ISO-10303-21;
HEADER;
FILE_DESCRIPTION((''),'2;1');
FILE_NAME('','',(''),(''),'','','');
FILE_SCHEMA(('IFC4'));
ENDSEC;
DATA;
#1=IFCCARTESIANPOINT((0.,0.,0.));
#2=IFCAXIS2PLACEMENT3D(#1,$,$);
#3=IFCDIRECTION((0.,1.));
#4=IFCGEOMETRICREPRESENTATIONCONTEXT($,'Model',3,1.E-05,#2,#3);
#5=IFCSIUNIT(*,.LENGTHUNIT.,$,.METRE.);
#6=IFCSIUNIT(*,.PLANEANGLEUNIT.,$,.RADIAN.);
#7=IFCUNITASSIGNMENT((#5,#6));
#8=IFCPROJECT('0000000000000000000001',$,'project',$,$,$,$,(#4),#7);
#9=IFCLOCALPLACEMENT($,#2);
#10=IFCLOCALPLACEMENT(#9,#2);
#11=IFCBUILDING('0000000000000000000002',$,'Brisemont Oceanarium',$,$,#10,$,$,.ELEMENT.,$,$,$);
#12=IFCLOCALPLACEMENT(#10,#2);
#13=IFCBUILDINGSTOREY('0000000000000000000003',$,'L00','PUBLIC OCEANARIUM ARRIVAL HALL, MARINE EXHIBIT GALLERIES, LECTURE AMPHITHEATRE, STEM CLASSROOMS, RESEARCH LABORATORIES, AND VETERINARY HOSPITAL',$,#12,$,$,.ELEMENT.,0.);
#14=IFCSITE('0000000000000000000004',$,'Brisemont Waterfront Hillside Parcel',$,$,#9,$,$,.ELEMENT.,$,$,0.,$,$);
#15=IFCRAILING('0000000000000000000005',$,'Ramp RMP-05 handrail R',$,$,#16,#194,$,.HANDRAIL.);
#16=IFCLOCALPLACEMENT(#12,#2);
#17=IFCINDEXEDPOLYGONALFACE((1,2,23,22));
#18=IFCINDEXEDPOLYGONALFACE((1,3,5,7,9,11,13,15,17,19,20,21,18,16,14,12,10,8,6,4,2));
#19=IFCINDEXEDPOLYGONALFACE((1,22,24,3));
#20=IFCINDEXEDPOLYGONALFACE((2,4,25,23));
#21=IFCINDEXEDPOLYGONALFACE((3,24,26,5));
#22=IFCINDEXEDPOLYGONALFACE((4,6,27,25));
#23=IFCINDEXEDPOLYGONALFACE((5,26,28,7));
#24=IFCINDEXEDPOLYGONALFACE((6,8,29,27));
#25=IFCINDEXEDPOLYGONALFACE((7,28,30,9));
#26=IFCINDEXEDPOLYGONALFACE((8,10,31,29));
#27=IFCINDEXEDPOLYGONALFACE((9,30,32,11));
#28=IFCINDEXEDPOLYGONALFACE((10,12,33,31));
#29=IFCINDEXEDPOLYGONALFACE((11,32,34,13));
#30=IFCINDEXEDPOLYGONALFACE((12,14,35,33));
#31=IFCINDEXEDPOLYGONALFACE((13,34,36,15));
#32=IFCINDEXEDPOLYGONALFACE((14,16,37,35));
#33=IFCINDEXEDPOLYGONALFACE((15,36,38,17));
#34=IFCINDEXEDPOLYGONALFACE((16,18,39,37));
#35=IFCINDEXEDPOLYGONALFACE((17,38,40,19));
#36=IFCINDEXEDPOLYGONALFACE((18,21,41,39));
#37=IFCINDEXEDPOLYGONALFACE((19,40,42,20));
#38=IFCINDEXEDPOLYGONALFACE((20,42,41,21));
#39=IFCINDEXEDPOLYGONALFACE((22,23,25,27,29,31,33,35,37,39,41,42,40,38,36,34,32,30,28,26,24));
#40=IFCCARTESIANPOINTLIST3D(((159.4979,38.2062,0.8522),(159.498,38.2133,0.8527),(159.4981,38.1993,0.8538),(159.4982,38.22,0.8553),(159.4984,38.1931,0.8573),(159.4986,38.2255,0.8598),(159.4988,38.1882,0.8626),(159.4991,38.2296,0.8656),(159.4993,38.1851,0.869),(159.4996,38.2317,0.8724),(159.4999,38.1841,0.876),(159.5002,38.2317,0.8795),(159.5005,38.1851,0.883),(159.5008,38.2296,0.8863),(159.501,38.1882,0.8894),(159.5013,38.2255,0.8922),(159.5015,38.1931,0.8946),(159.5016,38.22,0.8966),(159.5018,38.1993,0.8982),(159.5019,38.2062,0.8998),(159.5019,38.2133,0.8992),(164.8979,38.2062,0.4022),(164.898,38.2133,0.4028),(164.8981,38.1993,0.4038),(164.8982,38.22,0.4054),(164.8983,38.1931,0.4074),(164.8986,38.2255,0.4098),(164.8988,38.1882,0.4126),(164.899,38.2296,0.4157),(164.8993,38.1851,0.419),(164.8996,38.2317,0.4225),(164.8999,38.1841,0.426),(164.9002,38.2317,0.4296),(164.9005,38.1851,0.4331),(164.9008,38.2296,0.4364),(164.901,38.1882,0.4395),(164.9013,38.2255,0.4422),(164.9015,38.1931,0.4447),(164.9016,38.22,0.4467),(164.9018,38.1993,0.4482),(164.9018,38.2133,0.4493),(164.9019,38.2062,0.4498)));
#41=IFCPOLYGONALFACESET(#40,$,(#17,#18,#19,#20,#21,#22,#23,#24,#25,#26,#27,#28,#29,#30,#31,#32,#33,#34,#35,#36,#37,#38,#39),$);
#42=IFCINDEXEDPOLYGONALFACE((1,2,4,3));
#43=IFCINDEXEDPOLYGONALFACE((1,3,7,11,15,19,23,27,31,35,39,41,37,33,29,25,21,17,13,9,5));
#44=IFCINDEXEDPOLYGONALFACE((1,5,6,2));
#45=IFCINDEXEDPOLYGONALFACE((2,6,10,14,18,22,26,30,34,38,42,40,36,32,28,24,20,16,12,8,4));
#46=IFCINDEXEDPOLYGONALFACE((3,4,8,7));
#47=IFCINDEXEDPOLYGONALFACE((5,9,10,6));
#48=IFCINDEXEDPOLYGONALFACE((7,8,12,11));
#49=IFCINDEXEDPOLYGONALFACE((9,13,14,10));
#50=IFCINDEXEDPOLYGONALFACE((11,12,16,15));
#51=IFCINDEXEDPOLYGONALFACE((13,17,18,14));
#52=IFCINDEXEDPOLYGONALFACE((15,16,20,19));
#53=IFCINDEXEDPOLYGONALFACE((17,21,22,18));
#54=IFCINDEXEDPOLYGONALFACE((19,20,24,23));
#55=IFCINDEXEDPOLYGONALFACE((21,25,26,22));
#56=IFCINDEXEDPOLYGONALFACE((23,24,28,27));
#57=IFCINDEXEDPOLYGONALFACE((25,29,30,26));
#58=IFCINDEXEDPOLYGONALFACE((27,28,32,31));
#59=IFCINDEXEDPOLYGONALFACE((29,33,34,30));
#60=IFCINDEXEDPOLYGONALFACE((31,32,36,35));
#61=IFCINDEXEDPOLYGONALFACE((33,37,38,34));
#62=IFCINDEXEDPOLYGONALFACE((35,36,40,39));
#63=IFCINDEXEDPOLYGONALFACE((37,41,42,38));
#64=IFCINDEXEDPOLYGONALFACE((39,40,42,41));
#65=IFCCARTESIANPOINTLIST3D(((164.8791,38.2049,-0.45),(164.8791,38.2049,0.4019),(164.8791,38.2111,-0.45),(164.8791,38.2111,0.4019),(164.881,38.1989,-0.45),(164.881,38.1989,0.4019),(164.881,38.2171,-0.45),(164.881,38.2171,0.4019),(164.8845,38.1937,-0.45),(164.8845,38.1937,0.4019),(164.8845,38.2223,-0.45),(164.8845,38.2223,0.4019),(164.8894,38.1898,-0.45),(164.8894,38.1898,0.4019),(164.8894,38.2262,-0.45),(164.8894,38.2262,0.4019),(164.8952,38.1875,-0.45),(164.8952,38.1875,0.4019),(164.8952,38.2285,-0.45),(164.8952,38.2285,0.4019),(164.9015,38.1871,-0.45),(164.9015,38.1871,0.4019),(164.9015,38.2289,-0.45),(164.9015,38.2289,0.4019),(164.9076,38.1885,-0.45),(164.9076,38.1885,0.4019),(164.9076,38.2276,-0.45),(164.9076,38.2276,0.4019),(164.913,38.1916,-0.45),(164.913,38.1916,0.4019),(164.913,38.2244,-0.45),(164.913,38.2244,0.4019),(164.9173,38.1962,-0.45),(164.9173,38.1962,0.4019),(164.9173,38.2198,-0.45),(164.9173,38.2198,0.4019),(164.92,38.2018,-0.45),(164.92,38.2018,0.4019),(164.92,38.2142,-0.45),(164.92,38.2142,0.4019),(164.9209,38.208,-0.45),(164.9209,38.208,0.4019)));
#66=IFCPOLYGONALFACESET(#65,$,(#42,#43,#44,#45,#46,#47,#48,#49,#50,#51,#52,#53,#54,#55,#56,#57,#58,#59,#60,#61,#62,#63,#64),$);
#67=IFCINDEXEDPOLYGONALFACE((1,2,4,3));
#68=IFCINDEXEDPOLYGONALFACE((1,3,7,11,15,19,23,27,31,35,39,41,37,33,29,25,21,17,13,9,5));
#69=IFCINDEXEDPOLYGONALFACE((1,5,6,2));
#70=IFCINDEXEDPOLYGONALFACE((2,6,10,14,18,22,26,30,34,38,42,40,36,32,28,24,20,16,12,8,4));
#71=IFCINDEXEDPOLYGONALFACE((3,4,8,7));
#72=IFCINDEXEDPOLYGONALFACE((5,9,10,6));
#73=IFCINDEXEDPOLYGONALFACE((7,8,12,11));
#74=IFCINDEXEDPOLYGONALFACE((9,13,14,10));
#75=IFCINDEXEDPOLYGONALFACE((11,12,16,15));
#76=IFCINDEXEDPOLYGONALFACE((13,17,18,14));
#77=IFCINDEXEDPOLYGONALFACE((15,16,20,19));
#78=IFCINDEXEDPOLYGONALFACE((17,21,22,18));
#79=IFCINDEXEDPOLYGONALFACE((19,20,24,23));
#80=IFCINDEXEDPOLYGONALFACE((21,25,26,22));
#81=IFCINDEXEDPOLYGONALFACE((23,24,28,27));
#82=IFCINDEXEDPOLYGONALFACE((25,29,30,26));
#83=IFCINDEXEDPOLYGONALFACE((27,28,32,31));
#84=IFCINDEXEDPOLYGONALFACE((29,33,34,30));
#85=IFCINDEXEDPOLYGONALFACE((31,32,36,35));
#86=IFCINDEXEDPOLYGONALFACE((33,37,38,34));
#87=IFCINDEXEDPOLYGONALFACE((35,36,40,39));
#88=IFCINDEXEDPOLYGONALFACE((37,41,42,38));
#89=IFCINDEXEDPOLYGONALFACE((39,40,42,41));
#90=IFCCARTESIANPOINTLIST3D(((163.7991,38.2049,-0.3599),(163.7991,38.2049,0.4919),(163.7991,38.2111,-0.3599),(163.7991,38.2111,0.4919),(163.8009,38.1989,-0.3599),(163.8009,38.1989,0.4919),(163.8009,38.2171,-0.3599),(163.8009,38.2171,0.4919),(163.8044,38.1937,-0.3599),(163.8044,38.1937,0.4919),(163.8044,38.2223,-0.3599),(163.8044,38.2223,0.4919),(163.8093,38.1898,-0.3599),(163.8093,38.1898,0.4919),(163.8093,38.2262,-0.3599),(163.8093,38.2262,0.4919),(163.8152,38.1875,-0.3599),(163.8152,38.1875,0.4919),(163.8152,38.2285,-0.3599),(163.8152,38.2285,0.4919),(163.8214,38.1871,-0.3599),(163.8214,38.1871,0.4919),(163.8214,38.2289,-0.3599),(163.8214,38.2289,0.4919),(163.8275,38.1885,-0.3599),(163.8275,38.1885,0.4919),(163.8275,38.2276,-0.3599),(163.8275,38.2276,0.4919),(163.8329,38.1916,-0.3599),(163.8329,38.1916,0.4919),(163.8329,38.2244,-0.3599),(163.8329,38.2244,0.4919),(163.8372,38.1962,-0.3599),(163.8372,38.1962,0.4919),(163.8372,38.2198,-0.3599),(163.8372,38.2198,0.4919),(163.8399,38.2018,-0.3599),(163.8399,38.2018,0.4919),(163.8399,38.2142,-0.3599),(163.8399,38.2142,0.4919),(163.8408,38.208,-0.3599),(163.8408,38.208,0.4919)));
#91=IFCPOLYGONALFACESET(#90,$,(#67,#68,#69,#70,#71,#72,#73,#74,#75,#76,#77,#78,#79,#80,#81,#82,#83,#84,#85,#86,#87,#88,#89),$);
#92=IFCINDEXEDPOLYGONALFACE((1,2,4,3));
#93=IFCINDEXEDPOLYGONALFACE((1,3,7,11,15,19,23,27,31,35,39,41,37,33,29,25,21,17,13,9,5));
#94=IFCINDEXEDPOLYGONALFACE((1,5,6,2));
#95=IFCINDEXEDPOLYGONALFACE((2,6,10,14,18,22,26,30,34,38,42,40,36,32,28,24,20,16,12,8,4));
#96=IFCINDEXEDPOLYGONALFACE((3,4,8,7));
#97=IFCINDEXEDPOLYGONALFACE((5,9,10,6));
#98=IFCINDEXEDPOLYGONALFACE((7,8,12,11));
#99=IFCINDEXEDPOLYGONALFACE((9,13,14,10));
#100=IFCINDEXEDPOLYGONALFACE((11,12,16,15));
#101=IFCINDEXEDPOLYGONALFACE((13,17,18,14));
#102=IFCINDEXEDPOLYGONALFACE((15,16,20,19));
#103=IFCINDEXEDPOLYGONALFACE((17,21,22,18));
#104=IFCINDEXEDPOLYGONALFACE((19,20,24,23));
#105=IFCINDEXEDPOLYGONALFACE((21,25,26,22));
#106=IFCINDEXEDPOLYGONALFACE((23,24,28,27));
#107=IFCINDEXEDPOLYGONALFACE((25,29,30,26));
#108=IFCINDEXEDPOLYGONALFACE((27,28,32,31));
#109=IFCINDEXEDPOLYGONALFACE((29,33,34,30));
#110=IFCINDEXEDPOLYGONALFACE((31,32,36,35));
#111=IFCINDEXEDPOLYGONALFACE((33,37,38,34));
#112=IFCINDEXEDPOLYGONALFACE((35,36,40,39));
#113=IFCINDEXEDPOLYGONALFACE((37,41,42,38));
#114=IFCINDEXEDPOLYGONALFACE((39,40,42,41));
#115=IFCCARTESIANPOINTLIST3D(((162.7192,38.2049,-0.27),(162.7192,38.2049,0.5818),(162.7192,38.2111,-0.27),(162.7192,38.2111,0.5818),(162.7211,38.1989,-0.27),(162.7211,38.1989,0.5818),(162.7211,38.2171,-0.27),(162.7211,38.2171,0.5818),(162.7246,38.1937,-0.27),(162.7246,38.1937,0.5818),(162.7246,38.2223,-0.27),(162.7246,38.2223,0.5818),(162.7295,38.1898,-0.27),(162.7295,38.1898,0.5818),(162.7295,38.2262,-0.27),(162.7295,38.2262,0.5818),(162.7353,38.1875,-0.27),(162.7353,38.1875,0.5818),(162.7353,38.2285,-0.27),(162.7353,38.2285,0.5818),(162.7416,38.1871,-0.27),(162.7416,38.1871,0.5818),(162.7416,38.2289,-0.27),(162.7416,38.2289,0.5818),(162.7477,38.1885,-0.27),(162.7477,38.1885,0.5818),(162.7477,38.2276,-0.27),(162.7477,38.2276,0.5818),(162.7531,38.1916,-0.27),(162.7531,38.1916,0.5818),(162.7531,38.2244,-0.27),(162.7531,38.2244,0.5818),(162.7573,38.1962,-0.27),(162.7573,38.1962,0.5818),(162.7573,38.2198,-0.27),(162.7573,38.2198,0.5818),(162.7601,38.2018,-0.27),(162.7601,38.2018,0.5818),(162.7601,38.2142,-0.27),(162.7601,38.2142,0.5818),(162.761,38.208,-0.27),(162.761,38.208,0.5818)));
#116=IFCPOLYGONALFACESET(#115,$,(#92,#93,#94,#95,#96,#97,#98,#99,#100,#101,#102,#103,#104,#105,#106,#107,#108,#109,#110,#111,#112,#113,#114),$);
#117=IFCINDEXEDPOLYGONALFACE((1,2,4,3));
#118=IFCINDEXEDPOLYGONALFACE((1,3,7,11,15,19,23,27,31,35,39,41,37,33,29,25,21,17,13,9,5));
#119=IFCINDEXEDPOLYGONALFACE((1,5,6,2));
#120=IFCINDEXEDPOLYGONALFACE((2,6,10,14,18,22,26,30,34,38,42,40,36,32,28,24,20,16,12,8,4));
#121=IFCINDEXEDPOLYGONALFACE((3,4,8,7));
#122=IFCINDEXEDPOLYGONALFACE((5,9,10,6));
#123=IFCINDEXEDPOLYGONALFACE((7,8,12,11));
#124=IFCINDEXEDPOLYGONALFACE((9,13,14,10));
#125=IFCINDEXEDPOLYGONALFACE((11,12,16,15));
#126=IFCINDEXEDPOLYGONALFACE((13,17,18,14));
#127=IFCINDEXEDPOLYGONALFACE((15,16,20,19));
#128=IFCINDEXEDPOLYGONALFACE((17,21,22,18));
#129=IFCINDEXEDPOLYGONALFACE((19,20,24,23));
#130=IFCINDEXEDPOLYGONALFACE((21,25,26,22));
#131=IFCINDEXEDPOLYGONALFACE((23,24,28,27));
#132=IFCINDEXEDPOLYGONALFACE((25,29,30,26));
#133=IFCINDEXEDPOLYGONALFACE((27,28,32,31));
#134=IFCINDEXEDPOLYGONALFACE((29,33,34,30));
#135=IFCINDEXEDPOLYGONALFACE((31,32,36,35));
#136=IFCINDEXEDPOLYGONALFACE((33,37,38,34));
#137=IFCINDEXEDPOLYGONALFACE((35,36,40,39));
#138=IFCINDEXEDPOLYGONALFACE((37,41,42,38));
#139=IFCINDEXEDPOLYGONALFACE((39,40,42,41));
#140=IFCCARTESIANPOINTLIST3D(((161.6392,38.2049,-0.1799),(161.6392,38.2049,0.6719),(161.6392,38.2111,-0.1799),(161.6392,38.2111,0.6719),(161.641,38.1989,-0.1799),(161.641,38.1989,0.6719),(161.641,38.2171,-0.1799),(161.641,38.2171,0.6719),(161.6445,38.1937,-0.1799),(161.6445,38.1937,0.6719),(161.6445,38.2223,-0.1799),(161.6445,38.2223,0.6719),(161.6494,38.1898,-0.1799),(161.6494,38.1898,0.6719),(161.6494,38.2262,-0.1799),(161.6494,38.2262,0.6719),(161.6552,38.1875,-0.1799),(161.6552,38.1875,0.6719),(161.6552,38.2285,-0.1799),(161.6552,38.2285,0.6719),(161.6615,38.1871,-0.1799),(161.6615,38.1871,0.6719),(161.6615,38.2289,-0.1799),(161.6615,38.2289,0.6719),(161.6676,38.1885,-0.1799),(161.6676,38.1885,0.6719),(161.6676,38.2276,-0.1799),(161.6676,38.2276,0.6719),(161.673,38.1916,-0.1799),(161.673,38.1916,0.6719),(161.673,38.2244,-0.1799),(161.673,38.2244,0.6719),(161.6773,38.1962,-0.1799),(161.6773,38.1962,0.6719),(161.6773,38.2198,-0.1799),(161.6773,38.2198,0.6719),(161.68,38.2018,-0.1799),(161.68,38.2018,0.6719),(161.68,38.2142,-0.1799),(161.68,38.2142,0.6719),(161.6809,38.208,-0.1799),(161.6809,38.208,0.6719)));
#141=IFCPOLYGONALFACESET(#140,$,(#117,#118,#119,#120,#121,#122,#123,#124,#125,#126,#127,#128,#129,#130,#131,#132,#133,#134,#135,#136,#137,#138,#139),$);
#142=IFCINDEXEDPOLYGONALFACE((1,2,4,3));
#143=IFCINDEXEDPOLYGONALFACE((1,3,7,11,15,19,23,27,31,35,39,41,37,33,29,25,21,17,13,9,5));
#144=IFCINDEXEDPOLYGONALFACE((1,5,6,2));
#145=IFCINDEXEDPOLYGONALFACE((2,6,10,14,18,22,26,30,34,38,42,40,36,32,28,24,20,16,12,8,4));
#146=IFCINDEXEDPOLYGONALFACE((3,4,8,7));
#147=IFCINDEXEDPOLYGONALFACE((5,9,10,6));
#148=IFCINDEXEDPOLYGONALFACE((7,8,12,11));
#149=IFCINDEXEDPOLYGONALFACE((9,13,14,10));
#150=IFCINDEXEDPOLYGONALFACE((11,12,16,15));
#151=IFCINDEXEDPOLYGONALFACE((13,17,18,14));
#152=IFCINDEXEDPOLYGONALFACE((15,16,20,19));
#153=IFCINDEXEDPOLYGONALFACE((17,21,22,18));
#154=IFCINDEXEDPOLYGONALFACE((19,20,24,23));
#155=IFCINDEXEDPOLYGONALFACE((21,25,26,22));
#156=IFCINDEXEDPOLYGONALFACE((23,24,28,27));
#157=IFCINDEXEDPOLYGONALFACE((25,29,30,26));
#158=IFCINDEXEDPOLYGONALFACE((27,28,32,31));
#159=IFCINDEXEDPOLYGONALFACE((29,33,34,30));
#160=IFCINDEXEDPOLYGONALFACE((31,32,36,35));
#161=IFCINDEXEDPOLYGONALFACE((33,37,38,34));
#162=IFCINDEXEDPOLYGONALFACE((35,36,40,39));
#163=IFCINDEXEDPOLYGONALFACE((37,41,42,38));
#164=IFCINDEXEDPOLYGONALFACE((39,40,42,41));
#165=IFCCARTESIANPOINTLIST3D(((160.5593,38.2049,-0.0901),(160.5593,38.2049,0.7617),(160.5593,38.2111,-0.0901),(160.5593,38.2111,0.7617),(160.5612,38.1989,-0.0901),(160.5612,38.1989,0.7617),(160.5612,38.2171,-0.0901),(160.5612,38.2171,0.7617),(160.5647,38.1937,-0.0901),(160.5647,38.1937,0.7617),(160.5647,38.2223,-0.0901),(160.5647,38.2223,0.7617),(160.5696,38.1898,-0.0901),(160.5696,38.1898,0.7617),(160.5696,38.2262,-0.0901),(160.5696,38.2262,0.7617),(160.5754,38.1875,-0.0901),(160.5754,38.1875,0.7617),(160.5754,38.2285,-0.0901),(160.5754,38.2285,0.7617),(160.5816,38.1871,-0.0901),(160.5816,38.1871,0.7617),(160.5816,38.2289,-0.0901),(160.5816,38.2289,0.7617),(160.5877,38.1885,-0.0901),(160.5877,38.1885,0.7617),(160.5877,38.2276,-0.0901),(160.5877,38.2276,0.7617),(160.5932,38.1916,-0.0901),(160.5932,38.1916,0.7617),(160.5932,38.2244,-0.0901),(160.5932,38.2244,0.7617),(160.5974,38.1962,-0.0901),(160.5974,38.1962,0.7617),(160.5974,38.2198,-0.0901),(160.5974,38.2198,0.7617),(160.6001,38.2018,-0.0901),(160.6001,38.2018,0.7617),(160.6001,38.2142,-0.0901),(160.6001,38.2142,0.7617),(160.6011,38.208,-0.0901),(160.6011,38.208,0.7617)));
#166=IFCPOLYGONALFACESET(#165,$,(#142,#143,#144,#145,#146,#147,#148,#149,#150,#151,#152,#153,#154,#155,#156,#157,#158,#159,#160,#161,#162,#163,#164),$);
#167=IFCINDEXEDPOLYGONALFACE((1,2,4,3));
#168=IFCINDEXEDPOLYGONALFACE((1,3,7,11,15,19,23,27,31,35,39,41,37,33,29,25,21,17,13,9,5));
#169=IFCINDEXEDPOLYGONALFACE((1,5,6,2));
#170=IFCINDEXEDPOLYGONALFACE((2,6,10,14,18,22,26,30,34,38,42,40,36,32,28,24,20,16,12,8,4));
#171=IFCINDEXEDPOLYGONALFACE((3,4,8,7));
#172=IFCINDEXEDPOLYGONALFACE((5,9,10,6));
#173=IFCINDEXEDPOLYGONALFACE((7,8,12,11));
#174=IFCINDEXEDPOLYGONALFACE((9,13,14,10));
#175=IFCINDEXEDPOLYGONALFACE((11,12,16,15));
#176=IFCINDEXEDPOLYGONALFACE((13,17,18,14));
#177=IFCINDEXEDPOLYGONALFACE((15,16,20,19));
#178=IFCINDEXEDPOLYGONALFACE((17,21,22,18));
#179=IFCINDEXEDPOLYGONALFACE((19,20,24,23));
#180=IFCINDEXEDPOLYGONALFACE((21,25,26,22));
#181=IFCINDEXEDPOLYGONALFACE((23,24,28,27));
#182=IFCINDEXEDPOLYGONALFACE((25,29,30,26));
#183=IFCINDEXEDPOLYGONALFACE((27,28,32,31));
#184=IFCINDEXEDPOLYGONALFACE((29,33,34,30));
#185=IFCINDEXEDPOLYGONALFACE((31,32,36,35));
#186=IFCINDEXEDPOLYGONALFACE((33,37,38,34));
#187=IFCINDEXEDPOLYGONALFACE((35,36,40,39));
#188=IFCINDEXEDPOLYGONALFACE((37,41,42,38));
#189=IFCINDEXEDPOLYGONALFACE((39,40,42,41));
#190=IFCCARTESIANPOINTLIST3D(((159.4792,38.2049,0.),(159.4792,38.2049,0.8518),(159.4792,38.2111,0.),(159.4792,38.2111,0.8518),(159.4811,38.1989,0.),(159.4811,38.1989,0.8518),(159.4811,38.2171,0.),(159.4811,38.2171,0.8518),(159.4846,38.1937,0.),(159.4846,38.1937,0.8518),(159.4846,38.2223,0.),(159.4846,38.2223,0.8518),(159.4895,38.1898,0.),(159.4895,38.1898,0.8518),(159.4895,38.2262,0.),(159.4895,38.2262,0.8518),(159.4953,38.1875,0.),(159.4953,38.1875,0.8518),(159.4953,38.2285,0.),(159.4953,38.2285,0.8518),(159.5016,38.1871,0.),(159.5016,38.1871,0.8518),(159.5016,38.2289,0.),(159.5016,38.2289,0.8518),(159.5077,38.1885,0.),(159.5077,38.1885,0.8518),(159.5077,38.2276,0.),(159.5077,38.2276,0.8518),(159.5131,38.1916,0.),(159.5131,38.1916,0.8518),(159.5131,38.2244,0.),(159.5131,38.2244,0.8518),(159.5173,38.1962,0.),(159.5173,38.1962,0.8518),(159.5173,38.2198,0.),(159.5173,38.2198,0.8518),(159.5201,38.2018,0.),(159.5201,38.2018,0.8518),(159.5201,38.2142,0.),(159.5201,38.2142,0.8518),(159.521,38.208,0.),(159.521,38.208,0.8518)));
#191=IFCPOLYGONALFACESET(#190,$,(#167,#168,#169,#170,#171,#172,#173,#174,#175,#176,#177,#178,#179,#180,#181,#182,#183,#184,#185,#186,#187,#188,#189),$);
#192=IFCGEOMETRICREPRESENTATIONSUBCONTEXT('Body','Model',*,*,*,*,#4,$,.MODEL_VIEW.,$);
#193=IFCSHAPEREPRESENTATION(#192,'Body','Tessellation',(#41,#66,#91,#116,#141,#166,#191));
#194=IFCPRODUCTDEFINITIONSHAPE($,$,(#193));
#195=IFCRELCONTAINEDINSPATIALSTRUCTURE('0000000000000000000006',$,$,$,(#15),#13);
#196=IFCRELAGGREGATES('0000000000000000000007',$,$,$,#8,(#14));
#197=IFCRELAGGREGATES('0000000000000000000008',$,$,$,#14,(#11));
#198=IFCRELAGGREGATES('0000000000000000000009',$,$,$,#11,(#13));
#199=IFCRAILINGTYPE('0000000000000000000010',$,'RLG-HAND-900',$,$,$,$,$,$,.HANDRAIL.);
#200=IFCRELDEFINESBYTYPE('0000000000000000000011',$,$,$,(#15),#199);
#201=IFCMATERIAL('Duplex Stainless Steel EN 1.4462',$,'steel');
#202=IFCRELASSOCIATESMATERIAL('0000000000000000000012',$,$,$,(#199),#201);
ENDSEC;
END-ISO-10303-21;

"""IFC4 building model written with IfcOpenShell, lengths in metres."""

from ifc_helpers import new_model, si_unit, direction, frame, origin, origin_2d, place, context, subcontext, project, spatial, circle, extrude, material, type_object, element, save


model = new_model("IFC4")

# Units and contexts
model_context = context("Model", 3, precision=1e-05, world=origin(), true_north=direction((0.0, 1.0)))
body_context = subcontext(model_context, "Body", "Model", "MODEL_VIEW")
ifc_project = project(units=[si_unit("LENGTHUNIT", "METRE"), si_unit("PLANEANGLEUNIT", "RADIAN")], contexts=[model_context])

# Site, building, storey
site_placement = place(None, origin())
site = spatial("IfcSite", under=ifc_project, at=site_placement, Name="Brisemont Waterfront Hillside Parcel", CompositionType="ELEMENT", RefElevation=0.0)
building_placement = place(site_placement, origin())
building = spatial("IfcBuilding", under=site, at=building_placement, Name="Brisemont Oceanarium", CompositionType="ELEMENT")
storey_placement = place(building_placement, origin())
storey = spatial("IfcBuildingStorey", under=building, at=storey_placement, Name="L00", Description="PUBLIC OCEANARIUM ARRIVAL HALL, MARINE EXHIBIT GALLERIES, LECTURE AMPHITHEATRE, STEM CLASSROOMS, RESEARCH LABORATORIES, AND VETERINARY HOSPITAL", CompositionType="ELEMENT", Elevation=0.0)

# Railing
ifc_material_1 = material(Name="Duplex Stainless Steel EN 1.4462", Category="steel")
railing_type = type_object("IfcRailingType", Name="RLG-HAND-900", PredefinedType="HANDRAIL", material=ifc_material_1)
for number, where, name in (
    (1, (164.8999, 38.208, -0.45), "Ramp RMP-05 handrail R"),
):
    element("IfcRailing", number, at=place(storey_placement, frame(where)), inside=storey, type_object=railing_type, Name=name, PredefinedType="HANDRAIL", context=body_context, shape_type="SweptSolid", body=[
        extrude(circle(Radius=0.0239, at=origin_2d()), frame((0.0, 0.0, 0.876), z_axis=(-0.996546, 0.0, 0.083038), x_axis=(0.0, -1.0, 0.0)), (0.0, 0.0, 1.0), 5.4187),
        extrude(circle(Radius=0.021, at=origin_2d()), origin(), (0.0, 0.0, 1.0), 0.8518),
        extrude(circle(Radius=0.021, at=origin_2d()), frame((-1.0801, 0.0, 0.0901)), (0.0, 0.0, 1.0), 0.8518),
        extrude(circle(Radius=0.021, at=origin_2d()), frame((-2.1599, 0.0, 0.1799)), (0.0, 0.0, 1.0), 0.8518),
        extrude(circle(Radius=0.021, at=origin_2d()), frame((-3.24, 0.0, 0.27)), (0.0, 0.0, 1.0), 0.8518),
        extrude(circle(Radius=0.021, at=origin_2d()), frame((-4.3198, 0.0, 0.3599)), (0.0, 0.0, 1.0), 0.8518),
        extrude(circle(Radius=0.021, at=origin_2d()), frame((-5.3999, 0.0, 0.45)), (0.0, 0.0, 1.0), 0.8518),
    ])

save(model, "model.ifc")
